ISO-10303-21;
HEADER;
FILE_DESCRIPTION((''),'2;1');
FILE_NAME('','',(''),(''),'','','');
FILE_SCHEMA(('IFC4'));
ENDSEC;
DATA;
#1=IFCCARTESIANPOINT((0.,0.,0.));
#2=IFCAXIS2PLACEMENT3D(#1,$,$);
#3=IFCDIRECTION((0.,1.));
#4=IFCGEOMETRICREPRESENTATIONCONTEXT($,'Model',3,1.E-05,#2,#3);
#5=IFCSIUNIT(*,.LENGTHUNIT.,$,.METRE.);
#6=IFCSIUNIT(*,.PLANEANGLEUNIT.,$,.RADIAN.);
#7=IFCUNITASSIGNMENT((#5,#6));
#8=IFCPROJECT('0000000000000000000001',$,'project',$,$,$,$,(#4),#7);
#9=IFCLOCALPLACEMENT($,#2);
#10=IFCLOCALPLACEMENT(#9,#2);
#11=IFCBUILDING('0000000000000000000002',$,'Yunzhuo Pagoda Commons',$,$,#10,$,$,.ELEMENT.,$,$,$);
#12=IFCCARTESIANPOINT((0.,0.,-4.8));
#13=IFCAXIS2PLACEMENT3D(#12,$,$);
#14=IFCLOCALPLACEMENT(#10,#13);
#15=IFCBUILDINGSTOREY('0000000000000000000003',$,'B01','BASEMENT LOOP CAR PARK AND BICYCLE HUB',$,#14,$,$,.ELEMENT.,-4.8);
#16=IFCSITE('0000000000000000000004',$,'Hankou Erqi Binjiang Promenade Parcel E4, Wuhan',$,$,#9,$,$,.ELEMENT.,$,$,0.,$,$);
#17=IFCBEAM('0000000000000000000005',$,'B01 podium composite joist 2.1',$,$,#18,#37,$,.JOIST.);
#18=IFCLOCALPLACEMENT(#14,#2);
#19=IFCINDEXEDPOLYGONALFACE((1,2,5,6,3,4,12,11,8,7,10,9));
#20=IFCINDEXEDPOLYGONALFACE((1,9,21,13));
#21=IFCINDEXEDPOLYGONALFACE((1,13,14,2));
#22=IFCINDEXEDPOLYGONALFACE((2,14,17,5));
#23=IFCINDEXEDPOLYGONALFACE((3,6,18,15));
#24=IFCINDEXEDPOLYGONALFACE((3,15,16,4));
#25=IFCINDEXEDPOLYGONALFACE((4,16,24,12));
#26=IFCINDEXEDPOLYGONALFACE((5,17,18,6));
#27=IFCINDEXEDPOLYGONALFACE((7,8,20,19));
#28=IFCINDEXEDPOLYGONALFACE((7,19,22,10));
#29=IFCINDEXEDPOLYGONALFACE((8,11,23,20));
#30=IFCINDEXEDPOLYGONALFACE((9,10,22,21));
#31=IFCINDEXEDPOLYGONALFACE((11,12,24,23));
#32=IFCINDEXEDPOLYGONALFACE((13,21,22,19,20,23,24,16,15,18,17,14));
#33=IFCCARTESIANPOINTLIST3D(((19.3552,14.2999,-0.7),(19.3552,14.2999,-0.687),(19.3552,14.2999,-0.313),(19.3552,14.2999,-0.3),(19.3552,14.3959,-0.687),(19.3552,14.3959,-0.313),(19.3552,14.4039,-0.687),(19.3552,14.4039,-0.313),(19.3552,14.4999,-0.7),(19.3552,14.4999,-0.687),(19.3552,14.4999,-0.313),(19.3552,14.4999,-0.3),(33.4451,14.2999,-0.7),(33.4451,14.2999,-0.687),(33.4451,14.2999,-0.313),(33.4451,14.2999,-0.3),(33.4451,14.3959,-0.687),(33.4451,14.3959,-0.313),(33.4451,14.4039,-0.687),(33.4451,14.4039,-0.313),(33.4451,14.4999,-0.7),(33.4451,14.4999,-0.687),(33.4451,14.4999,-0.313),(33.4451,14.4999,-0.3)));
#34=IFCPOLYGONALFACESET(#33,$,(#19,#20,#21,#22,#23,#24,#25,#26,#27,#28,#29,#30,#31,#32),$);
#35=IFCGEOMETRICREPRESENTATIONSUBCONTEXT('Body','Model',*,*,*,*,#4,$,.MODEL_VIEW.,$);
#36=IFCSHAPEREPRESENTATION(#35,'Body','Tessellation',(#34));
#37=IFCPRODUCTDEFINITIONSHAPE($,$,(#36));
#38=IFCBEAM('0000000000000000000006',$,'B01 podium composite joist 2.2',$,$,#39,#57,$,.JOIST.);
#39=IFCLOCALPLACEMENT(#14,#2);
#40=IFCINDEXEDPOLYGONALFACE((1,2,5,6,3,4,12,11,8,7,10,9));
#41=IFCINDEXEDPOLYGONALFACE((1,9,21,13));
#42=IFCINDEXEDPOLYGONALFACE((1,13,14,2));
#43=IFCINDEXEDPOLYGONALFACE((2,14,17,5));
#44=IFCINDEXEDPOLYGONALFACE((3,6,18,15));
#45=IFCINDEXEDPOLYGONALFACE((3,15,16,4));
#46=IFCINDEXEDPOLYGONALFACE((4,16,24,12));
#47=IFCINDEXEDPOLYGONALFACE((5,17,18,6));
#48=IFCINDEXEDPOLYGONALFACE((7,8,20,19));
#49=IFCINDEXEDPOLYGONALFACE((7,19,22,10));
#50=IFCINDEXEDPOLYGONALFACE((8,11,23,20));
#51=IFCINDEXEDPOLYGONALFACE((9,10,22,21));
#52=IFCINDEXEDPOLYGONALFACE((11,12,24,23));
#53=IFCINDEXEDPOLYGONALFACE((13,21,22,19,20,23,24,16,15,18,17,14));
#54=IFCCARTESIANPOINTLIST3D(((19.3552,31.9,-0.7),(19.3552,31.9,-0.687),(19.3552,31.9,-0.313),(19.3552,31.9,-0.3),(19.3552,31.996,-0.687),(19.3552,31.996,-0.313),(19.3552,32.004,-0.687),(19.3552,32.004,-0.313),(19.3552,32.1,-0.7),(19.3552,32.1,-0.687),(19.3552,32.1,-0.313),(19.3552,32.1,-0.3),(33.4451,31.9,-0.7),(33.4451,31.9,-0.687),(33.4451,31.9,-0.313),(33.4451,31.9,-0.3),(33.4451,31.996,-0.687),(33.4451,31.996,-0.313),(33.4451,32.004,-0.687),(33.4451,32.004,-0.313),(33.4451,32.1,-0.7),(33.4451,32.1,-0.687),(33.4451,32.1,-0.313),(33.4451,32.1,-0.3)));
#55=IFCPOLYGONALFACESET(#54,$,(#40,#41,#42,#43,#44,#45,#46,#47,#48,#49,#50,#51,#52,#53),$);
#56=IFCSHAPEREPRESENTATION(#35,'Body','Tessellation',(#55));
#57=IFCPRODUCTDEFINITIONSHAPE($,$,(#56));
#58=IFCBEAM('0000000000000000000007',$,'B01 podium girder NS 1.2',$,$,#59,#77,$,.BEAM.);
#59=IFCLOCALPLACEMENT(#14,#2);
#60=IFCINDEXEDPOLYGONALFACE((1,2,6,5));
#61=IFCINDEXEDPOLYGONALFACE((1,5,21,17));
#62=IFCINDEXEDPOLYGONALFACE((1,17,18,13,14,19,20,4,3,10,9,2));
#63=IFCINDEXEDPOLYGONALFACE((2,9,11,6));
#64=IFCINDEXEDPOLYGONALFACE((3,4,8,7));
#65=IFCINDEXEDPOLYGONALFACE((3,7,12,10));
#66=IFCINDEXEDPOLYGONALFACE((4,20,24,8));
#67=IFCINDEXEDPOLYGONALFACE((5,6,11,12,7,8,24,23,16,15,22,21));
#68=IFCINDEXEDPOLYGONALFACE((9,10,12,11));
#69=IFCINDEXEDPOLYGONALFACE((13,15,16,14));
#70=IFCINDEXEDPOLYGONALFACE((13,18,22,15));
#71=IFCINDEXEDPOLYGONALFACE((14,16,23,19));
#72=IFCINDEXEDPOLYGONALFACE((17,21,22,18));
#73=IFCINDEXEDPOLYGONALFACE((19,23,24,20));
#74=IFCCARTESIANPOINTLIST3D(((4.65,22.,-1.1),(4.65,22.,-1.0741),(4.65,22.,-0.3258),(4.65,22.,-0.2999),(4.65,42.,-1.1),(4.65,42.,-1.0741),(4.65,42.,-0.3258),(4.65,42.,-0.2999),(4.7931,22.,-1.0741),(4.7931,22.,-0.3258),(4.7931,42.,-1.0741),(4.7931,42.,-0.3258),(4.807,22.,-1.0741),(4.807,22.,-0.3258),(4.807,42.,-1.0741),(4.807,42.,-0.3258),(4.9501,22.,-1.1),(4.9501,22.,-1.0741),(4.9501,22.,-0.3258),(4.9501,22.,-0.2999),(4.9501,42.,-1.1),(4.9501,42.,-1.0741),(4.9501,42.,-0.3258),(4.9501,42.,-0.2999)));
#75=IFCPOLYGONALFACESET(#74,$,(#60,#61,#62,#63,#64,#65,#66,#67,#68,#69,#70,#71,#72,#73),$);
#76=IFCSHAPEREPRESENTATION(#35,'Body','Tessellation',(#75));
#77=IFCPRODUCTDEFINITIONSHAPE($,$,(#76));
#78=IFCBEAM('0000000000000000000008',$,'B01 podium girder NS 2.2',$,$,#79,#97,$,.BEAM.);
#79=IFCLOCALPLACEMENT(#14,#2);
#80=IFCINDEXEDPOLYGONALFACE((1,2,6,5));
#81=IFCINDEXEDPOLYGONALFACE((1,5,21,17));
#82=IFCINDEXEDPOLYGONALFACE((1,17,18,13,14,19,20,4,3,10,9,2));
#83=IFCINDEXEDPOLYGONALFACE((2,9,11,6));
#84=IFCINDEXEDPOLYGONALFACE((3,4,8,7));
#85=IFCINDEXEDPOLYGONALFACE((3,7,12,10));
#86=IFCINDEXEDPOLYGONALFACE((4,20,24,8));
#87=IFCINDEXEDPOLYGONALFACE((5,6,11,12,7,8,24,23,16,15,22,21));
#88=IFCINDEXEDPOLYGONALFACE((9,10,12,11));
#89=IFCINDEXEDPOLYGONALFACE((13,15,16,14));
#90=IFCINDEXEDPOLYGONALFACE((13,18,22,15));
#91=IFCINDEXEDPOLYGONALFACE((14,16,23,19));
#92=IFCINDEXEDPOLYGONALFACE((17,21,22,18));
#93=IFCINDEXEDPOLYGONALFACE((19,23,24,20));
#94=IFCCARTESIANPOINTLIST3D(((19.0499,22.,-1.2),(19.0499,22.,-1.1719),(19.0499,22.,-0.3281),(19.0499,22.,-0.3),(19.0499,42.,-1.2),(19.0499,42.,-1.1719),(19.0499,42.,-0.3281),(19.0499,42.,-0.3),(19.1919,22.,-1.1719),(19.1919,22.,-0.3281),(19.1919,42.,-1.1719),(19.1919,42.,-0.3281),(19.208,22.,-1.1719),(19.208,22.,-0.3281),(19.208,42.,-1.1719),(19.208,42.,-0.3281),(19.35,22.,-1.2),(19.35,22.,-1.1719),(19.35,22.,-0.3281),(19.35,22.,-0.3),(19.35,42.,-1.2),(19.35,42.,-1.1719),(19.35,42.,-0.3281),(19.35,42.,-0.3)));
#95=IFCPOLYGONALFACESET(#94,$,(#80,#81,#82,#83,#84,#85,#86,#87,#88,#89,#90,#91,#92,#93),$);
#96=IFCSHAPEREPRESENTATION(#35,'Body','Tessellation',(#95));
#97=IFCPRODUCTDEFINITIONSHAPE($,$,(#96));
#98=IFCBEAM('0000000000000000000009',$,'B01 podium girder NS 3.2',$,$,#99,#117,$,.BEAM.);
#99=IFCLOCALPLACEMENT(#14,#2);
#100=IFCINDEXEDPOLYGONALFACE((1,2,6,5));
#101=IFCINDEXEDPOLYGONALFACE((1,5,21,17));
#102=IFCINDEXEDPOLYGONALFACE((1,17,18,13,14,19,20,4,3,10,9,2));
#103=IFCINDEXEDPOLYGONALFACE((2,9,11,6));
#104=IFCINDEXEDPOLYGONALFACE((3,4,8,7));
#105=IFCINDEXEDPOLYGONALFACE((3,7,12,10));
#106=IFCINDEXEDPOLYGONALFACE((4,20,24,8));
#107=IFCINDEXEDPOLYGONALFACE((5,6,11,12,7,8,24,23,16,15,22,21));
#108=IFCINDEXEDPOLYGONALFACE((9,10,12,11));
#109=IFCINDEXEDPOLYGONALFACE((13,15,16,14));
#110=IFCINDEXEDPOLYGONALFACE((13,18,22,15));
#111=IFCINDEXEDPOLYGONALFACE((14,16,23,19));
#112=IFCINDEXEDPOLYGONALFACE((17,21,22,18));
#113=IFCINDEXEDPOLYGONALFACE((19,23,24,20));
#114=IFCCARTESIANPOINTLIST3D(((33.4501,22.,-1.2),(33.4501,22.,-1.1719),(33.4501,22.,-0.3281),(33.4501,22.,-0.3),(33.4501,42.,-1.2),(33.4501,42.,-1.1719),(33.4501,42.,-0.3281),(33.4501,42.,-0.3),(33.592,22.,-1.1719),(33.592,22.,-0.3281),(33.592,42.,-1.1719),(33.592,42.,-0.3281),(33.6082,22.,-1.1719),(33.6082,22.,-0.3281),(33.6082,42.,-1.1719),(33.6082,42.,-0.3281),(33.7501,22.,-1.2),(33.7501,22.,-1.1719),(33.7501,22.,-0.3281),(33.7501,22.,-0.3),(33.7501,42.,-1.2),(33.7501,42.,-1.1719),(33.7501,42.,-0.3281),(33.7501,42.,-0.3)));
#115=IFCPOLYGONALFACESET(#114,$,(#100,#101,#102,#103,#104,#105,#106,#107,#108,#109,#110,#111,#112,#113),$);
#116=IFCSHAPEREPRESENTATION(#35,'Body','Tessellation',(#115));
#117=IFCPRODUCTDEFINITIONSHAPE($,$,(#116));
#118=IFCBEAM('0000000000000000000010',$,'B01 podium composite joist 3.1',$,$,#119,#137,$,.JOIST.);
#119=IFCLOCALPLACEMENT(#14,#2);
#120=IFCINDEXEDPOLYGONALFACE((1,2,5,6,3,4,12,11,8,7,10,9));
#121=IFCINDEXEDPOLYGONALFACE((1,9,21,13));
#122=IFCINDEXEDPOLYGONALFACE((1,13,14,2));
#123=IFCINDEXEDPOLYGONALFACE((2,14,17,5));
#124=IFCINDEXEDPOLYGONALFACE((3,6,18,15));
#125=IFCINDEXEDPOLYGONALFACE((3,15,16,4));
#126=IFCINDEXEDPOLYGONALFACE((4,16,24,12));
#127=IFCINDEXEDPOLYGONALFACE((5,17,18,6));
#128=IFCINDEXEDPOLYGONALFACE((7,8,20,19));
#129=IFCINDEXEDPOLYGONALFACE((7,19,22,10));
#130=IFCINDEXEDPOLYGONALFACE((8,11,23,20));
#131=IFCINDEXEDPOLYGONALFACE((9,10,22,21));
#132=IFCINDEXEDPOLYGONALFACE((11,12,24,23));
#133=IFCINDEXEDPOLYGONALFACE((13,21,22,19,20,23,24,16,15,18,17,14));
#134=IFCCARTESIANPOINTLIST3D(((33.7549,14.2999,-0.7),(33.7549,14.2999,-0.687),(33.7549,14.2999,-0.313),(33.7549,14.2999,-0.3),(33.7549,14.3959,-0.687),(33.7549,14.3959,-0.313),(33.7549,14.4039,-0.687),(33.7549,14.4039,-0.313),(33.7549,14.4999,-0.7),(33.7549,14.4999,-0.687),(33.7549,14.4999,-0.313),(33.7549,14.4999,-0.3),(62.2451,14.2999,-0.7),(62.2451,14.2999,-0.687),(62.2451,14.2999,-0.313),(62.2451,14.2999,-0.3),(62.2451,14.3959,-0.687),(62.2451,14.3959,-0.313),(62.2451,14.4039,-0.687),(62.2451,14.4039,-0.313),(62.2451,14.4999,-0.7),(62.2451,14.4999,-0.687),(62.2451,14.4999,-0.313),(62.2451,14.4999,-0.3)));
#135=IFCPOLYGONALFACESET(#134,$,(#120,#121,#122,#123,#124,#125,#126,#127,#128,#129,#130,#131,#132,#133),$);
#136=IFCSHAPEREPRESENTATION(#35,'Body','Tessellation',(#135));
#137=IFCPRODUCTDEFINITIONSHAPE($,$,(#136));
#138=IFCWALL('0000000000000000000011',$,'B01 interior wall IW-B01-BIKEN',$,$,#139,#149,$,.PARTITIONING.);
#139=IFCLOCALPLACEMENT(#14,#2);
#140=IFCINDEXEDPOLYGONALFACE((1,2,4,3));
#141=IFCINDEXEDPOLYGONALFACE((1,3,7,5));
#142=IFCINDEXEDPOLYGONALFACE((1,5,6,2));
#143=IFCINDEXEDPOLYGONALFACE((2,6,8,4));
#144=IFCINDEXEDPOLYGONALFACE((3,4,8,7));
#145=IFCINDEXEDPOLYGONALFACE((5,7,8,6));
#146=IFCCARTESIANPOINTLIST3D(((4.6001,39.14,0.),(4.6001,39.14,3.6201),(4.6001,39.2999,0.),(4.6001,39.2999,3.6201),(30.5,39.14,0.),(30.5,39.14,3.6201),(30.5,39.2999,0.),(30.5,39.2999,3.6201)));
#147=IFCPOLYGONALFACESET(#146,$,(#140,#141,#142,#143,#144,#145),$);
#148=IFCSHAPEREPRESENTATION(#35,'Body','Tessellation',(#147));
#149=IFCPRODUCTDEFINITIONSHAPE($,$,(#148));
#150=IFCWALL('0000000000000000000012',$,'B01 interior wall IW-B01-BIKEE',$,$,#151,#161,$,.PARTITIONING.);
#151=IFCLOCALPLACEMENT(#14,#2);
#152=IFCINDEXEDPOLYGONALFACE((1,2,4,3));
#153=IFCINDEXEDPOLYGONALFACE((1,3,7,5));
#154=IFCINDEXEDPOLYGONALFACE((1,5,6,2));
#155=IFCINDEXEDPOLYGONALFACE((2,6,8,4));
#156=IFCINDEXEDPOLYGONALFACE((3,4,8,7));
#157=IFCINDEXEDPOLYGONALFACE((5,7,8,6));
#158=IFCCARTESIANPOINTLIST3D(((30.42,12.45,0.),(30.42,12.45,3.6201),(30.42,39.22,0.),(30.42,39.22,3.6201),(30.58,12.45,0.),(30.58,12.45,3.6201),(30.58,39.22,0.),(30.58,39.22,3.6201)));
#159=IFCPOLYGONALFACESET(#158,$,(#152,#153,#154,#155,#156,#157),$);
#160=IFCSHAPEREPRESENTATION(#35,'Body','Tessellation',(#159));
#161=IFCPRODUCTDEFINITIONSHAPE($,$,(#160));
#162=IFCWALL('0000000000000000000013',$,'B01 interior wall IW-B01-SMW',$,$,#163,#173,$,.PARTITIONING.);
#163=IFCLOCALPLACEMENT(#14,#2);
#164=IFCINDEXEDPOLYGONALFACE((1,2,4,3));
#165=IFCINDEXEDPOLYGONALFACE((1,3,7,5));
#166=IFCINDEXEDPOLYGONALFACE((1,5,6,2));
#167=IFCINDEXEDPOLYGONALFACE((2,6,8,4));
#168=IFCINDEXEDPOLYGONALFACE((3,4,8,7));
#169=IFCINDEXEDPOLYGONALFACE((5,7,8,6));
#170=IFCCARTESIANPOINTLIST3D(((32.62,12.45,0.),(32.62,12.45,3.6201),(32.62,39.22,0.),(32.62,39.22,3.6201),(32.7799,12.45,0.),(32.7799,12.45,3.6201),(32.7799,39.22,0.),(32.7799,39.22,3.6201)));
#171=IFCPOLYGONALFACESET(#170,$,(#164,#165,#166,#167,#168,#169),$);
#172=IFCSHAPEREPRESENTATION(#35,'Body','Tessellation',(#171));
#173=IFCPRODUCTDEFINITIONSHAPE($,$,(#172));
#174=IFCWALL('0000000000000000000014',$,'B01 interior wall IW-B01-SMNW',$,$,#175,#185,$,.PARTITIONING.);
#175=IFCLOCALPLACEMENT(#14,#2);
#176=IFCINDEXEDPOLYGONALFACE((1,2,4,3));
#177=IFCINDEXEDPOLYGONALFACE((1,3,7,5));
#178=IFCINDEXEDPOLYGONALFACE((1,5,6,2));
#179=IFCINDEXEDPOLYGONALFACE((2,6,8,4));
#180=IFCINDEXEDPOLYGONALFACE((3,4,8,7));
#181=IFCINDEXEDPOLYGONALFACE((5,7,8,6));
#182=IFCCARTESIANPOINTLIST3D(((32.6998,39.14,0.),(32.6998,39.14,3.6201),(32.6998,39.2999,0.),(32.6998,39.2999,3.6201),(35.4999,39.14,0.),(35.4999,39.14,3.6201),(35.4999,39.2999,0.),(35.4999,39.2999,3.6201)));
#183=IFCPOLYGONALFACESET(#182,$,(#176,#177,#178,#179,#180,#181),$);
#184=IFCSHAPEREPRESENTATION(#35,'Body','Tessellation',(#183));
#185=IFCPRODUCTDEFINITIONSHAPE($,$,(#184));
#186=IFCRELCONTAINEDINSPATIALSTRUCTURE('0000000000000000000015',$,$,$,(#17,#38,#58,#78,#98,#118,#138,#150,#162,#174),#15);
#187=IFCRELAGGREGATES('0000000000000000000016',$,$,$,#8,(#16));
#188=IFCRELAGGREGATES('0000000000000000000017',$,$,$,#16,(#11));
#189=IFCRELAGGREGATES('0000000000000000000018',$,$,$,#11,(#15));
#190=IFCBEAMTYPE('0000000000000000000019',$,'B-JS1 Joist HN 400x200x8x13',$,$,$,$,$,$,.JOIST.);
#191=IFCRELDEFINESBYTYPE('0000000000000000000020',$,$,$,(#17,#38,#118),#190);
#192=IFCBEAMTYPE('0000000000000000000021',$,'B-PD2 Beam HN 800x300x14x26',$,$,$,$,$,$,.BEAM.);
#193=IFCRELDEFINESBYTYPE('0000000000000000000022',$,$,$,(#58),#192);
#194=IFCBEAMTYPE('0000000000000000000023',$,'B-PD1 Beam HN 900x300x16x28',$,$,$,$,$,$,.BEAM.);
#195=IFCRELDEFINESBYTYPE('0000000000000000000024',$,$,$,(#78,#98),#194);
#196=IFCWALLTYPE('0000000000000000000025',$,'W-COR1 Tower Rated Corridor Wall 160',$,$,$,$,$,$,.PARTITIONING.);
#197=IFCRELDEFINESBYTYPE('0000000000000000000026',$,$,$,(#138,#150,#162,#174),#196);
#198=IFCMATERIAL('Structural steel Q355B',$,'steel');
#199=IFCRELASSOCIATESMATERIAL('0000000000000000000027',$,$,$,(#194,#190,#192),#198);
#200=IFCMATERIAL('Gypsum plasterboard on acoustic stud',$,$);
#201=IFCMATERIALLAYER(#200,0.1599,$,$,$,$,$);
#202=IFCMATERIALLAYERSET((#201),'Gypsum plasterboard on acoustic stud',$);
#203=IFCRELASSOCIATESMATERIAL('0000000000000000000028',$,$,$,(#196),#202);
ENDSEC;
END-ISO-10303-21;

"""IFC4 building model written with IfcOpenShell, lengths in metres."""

from ifc_helpers import new_model, si_unit, direction, frame, frame_2d, origin, origin_2d, place, context, subcontext, project, spatial, rectangle, i_section, extrude, source, transform, mapped, material, layer, layer_set, material_profile, profile_set, type_object, element, save


model = new_model("IFC4")

# Units and contexts
model_context = context("Model", 3, precision=1e-05, world=origin(), true_north=direction((0.0, 1.0)))
body_context = subcontext(model_context, "Body", "Model", "MODEL_VIEW")
ifc_project = project(units=[si_unit("LENGTHUNIT", "METRE"), si_unit("PLANEANGLEUNIT", "RADIAN")], contexts=[model_context])

# Site, building, storey
site_placement = place(None, origin())
site = spatial("IfcSite", under=ifc_project, at=site_placement, Name="Hankou Erqi Binjiang Promenade Parcel E4, Wuhan", CompositionType="ELEMENT", RefElevation=0.0)
building_placement = place(site_placement, origin())
building = spatial("IfcBuilding", under=site, at=building_placement, Name="Yunzhuo Pagoda Commons", CompositionType="ELEMENT")
storey_placement = place(building_placement, frame((0.0, 0.0, -4.8)))
storey = spatial("IfcBuildingStorey", under=building, at=storey_placement, Name="B01", Description="BASEMENT LOOP CAR PARK AND BICYCLE HUB", CompositionType="ELEMENT", Elevation=-4.8)

# Beams
ifc_material_1 = material(Name="Structural steel Q355B", Category="steel")
ifc_material_profile_1 = material_profile(ifc_material_1, i_section(OverallWidth=0.3, OverallDepth=0.8999, WebThickness=0.0161, FlangeThickness=0.0281, at=origin_2d()), Name="Structural steel Q355B")
ifc_profile_set_1 = profile_set([ifc_material_profile_1], Name="Structural steel Q355B")
beam_type_1 = type_object("IfcBeamType", Name="B-PD1 Beam HN 900x300x16x28", PredefinedType="BEAM", material=ifc_profile_set_1)
ifc_material_profile_2 = material_profile(ifc_material_1, i_section(OverallWidth=0.2, OverallDepth=0.3999, WebThickness=0.0081, FlangeThickness=0.0129, at=origin_2d()), Name="Structural steel Q355B")
ifc_profile_set_2 = profile_set([ifc_material_profile_2], Name="Structural steel Q355B")
beam_type_2 = type_object("IfcBeamType", Name="B-JS1 Joist HN 400x200x8x13", PredefinedType="JOIST", material=ifc_profile_set_2)
shared_shape_1 = source(origin(), body_context, "Body", "SweptSolid", [
    extrude(i_section(OverallWidth=0.2, OverallDepth=0.3999, WebThickness=0.0081, FlangeThickness=0.0129, at=origin_2d()), origin(), (0.0, 0.0, 1.0), 14.0898),
])
for number, where, z_axis, x_axis, name in (
    (1, (19.3552, 14.3999, -0.5), (1.0, 0.0, 0.0), (0.0, 1.0, 0.0), "B01 podium composite joist 2.1"),
    (2, (19.3552, 32.0, -0.5), (1.0, 0.0, 0.0), (0.0, 1.0, 0.0), "B01 podium composite joist 2.2"),
):
    element("IfcBeam", number, at=place(storey_placement, frame(where, z_axis=z_axis, x_axis=x_axis)), inside=storey, type_object=beam_type_2, Name=name, PredefinedType="JOIST", context=body_context, shape_type="MappedRepresentation", body=[
        mapped(shared_shape_1, transform((0.0, 0.0, 0.0), scale=1.0)),
    ])
ifc_material_profile_3 = material_profile(ifc_material_1, i_section(OverallWidth=0.3, OverallDepth=0.8, WebThickness=0.0139, FlangeThickness=0.0259, at=origin_2d()), Name="Structural steel Q355B")
ifc_profile_set_3 = profile_set([ifc_material_profile_3], Name="Structural steel Q355B")
beam_type_3 = type_object("IfcBeamType", Name="B-PD2 Beam HN 800x300x14x26", PredefinedType="BEAM", material=ifc_profile_set_3)
shared_shape_2 = source(origin(), body_context, "Body", "SweptSolid", [
    extrude(i_section(OverallWidth=0.3, OverallDepth=0.8, WebThickness=0.0139, FlangeThickness=0.0259, at=origin_2d()), origin(), (0.0, 0.0, 1.0), 20.0),
])
beam_1_placement = place(storey_placement, frame((4.8, 22.0, -0.7), z_axis=(0.0, 1.0, 0.0), x_axis=(-1.0, 0.0, 0.0)))
element("IfcBeam", 3, at=beam_1_placement, inside=storey, type_object=beam_type_3, Name="B01 podium girder NS 1.2", PredefinedType="BEAM", context=body_context, shape_type="MappedRepresentation", body=[
    mapped(shared_shape_2, transform((0.0, 0.0, 0.0), scale=1.0)),
])
shared_shape_3 = source(origin(), body_context, "Body", "SweptSolid", [
    extrude(i_section(OverallWidth=0.3, OverallDepth=0.8999, WebThickness=0.0161, FlangeThickness=0.0281, at=origin_2d()), origin(), (0.0, 0.0, 1.0), 20.0),
])
for number, where, z_axis, x_axis, name in (
    (4, (19.2, 22.0, -0.75), (0.0, 1.0, 0.0), (-1.0, 0.0, 0.0), "B01 podium girder NS 2.2"),
    (5, (33.6001, 22.0, -0.75), (0.0, 1.0, 0.0), (-1.0, 0.0, 0.0), "B01 podium girder NS 3.2"),
):
    element("IfcBeam", number, at=place(storey_placement, frame(where, z_axis=z_axis, x_axis=x_axis)), inside=storey, type_object=beam_type_1, Name=name, PredefinedType="BEAM", context=body_context, shape_type="MappedRepresentation", body=[
        mapped(shared_shape_3, transform((0.0, 0.0, 0.0), scale=1.0)),
    ])
shared_shape_4 = source(origin(), body_context, "Body", "SweptSolid", [
    extrude(i_section(OverallWidth=0.2, OverallDepth=0.3999, WebThickness=0.0081, FlangeThickness=0.0129, at=origin_2d()), origin(), (0.0, 0.0, 1.0), 28.4902),
])
beam_2_placement = place(storey_placement, frame((33.7549, 14.3999, -0.5), z_axis=(1.0, 0.0, 0.0), x_axis=(0.0, 1.0, 0.0)))
element("IfcBeam", 6, at=beam_2_placement, inside=storey, type_object=beam_type_2, Name="B01 podium composite joist 3.1", PredefinedType="JOIST", context=body_context, shape_type="MappedRepresentation", body=[
    mapped(shared_shape_4, transform((0.0, 0.0, 0.0), scale=1.0)),
])

# Walls
ifc_material_2 = material(Name="Gypsum plasterboard on acoustic stud")
ifc_layer = layer(ifc_material_2, 0.1599)
ifc_layer_set = layer_set([ifc_layer], Name="Gypsum plasterboard on acoustic stud")
wall_type = type_object("IfcWallType", Name="W-COR1 Tower Rated Corridor Wall 160", PredefinedType="PARTITIONING", material=ifc_layer_set)
wall_1_placement = place(storey_placement, frame((4.6001, 39.22, 0.0), z_axis=(0.0, 0.0, 1.0), x_axis=(1.0, 0.0, 0.0)))
element("IfcWall", 7, at=wall_1_placement, inside=storey, type_object=wall_type, Name="B01 interior wall IW-B01-BIKEN", PredefinedType="PARTITIONING", context=body_context, shape_type="SweptSolid", body=[
    extrude(rectangle(XDim=25.8999, YDim=0.1599, at=frame_2d((12.95, 0.0))), origin(), (0.0, 0.0, 1.0), 3.6201),
])
for number, where, z_axis, x_axis, name in (
    (8, (30.5, 12.45, 0.0), (0.0, 0.0, 1.0), (0.0, 1.0, 0.0), "B01 interior wall IW-B01-BIKEE"),
    (9, (32.7, 12.45, 0.0), (0.0, 0.0, 1.0), (0.0, 1.0, 0.0), "B01 interior wall IW-B01-SMW"),
):
    element("IfcWall", number, at=place(storey_placement, frame(where, z_axis=z_axis, x_axis=x_axis)), inside=storey, type_object=wall_type, Name=name, PredefinedType="PARTITIONING", context=body_context, shape_type="SweptSolid", body=[
        extrude(rectangle(XDim=26.77, YDim=0.1599, at=frame_2d((13.385, 0.0))), origin(), (0.0, 0.0, 1.0), 3.6201),
    ])
wall_2_placement = place(storey_placement, frame((32.7, 39.22, 0.0), z_axis=(0.0, 0.0, 1.0), x_axis=(1.0, 0.0, 0.0)))
element("IfcWall", 10, at=wall_2_placement, inside=storey, type_object=wall_type, Name="B01 interior wall IW-B01-SMNW", PredefinedType="PARTITIONING", context=body_context, shape_type="SweptSolid", body=[
    extrude(rectangle(XDim=2.8, YDim=0.1599, at=frame_2d((1.3999, 0.0))), origin(), (0.0, 0.0, 1.0), 3.6201),
])

save(model, "model.ifc")
